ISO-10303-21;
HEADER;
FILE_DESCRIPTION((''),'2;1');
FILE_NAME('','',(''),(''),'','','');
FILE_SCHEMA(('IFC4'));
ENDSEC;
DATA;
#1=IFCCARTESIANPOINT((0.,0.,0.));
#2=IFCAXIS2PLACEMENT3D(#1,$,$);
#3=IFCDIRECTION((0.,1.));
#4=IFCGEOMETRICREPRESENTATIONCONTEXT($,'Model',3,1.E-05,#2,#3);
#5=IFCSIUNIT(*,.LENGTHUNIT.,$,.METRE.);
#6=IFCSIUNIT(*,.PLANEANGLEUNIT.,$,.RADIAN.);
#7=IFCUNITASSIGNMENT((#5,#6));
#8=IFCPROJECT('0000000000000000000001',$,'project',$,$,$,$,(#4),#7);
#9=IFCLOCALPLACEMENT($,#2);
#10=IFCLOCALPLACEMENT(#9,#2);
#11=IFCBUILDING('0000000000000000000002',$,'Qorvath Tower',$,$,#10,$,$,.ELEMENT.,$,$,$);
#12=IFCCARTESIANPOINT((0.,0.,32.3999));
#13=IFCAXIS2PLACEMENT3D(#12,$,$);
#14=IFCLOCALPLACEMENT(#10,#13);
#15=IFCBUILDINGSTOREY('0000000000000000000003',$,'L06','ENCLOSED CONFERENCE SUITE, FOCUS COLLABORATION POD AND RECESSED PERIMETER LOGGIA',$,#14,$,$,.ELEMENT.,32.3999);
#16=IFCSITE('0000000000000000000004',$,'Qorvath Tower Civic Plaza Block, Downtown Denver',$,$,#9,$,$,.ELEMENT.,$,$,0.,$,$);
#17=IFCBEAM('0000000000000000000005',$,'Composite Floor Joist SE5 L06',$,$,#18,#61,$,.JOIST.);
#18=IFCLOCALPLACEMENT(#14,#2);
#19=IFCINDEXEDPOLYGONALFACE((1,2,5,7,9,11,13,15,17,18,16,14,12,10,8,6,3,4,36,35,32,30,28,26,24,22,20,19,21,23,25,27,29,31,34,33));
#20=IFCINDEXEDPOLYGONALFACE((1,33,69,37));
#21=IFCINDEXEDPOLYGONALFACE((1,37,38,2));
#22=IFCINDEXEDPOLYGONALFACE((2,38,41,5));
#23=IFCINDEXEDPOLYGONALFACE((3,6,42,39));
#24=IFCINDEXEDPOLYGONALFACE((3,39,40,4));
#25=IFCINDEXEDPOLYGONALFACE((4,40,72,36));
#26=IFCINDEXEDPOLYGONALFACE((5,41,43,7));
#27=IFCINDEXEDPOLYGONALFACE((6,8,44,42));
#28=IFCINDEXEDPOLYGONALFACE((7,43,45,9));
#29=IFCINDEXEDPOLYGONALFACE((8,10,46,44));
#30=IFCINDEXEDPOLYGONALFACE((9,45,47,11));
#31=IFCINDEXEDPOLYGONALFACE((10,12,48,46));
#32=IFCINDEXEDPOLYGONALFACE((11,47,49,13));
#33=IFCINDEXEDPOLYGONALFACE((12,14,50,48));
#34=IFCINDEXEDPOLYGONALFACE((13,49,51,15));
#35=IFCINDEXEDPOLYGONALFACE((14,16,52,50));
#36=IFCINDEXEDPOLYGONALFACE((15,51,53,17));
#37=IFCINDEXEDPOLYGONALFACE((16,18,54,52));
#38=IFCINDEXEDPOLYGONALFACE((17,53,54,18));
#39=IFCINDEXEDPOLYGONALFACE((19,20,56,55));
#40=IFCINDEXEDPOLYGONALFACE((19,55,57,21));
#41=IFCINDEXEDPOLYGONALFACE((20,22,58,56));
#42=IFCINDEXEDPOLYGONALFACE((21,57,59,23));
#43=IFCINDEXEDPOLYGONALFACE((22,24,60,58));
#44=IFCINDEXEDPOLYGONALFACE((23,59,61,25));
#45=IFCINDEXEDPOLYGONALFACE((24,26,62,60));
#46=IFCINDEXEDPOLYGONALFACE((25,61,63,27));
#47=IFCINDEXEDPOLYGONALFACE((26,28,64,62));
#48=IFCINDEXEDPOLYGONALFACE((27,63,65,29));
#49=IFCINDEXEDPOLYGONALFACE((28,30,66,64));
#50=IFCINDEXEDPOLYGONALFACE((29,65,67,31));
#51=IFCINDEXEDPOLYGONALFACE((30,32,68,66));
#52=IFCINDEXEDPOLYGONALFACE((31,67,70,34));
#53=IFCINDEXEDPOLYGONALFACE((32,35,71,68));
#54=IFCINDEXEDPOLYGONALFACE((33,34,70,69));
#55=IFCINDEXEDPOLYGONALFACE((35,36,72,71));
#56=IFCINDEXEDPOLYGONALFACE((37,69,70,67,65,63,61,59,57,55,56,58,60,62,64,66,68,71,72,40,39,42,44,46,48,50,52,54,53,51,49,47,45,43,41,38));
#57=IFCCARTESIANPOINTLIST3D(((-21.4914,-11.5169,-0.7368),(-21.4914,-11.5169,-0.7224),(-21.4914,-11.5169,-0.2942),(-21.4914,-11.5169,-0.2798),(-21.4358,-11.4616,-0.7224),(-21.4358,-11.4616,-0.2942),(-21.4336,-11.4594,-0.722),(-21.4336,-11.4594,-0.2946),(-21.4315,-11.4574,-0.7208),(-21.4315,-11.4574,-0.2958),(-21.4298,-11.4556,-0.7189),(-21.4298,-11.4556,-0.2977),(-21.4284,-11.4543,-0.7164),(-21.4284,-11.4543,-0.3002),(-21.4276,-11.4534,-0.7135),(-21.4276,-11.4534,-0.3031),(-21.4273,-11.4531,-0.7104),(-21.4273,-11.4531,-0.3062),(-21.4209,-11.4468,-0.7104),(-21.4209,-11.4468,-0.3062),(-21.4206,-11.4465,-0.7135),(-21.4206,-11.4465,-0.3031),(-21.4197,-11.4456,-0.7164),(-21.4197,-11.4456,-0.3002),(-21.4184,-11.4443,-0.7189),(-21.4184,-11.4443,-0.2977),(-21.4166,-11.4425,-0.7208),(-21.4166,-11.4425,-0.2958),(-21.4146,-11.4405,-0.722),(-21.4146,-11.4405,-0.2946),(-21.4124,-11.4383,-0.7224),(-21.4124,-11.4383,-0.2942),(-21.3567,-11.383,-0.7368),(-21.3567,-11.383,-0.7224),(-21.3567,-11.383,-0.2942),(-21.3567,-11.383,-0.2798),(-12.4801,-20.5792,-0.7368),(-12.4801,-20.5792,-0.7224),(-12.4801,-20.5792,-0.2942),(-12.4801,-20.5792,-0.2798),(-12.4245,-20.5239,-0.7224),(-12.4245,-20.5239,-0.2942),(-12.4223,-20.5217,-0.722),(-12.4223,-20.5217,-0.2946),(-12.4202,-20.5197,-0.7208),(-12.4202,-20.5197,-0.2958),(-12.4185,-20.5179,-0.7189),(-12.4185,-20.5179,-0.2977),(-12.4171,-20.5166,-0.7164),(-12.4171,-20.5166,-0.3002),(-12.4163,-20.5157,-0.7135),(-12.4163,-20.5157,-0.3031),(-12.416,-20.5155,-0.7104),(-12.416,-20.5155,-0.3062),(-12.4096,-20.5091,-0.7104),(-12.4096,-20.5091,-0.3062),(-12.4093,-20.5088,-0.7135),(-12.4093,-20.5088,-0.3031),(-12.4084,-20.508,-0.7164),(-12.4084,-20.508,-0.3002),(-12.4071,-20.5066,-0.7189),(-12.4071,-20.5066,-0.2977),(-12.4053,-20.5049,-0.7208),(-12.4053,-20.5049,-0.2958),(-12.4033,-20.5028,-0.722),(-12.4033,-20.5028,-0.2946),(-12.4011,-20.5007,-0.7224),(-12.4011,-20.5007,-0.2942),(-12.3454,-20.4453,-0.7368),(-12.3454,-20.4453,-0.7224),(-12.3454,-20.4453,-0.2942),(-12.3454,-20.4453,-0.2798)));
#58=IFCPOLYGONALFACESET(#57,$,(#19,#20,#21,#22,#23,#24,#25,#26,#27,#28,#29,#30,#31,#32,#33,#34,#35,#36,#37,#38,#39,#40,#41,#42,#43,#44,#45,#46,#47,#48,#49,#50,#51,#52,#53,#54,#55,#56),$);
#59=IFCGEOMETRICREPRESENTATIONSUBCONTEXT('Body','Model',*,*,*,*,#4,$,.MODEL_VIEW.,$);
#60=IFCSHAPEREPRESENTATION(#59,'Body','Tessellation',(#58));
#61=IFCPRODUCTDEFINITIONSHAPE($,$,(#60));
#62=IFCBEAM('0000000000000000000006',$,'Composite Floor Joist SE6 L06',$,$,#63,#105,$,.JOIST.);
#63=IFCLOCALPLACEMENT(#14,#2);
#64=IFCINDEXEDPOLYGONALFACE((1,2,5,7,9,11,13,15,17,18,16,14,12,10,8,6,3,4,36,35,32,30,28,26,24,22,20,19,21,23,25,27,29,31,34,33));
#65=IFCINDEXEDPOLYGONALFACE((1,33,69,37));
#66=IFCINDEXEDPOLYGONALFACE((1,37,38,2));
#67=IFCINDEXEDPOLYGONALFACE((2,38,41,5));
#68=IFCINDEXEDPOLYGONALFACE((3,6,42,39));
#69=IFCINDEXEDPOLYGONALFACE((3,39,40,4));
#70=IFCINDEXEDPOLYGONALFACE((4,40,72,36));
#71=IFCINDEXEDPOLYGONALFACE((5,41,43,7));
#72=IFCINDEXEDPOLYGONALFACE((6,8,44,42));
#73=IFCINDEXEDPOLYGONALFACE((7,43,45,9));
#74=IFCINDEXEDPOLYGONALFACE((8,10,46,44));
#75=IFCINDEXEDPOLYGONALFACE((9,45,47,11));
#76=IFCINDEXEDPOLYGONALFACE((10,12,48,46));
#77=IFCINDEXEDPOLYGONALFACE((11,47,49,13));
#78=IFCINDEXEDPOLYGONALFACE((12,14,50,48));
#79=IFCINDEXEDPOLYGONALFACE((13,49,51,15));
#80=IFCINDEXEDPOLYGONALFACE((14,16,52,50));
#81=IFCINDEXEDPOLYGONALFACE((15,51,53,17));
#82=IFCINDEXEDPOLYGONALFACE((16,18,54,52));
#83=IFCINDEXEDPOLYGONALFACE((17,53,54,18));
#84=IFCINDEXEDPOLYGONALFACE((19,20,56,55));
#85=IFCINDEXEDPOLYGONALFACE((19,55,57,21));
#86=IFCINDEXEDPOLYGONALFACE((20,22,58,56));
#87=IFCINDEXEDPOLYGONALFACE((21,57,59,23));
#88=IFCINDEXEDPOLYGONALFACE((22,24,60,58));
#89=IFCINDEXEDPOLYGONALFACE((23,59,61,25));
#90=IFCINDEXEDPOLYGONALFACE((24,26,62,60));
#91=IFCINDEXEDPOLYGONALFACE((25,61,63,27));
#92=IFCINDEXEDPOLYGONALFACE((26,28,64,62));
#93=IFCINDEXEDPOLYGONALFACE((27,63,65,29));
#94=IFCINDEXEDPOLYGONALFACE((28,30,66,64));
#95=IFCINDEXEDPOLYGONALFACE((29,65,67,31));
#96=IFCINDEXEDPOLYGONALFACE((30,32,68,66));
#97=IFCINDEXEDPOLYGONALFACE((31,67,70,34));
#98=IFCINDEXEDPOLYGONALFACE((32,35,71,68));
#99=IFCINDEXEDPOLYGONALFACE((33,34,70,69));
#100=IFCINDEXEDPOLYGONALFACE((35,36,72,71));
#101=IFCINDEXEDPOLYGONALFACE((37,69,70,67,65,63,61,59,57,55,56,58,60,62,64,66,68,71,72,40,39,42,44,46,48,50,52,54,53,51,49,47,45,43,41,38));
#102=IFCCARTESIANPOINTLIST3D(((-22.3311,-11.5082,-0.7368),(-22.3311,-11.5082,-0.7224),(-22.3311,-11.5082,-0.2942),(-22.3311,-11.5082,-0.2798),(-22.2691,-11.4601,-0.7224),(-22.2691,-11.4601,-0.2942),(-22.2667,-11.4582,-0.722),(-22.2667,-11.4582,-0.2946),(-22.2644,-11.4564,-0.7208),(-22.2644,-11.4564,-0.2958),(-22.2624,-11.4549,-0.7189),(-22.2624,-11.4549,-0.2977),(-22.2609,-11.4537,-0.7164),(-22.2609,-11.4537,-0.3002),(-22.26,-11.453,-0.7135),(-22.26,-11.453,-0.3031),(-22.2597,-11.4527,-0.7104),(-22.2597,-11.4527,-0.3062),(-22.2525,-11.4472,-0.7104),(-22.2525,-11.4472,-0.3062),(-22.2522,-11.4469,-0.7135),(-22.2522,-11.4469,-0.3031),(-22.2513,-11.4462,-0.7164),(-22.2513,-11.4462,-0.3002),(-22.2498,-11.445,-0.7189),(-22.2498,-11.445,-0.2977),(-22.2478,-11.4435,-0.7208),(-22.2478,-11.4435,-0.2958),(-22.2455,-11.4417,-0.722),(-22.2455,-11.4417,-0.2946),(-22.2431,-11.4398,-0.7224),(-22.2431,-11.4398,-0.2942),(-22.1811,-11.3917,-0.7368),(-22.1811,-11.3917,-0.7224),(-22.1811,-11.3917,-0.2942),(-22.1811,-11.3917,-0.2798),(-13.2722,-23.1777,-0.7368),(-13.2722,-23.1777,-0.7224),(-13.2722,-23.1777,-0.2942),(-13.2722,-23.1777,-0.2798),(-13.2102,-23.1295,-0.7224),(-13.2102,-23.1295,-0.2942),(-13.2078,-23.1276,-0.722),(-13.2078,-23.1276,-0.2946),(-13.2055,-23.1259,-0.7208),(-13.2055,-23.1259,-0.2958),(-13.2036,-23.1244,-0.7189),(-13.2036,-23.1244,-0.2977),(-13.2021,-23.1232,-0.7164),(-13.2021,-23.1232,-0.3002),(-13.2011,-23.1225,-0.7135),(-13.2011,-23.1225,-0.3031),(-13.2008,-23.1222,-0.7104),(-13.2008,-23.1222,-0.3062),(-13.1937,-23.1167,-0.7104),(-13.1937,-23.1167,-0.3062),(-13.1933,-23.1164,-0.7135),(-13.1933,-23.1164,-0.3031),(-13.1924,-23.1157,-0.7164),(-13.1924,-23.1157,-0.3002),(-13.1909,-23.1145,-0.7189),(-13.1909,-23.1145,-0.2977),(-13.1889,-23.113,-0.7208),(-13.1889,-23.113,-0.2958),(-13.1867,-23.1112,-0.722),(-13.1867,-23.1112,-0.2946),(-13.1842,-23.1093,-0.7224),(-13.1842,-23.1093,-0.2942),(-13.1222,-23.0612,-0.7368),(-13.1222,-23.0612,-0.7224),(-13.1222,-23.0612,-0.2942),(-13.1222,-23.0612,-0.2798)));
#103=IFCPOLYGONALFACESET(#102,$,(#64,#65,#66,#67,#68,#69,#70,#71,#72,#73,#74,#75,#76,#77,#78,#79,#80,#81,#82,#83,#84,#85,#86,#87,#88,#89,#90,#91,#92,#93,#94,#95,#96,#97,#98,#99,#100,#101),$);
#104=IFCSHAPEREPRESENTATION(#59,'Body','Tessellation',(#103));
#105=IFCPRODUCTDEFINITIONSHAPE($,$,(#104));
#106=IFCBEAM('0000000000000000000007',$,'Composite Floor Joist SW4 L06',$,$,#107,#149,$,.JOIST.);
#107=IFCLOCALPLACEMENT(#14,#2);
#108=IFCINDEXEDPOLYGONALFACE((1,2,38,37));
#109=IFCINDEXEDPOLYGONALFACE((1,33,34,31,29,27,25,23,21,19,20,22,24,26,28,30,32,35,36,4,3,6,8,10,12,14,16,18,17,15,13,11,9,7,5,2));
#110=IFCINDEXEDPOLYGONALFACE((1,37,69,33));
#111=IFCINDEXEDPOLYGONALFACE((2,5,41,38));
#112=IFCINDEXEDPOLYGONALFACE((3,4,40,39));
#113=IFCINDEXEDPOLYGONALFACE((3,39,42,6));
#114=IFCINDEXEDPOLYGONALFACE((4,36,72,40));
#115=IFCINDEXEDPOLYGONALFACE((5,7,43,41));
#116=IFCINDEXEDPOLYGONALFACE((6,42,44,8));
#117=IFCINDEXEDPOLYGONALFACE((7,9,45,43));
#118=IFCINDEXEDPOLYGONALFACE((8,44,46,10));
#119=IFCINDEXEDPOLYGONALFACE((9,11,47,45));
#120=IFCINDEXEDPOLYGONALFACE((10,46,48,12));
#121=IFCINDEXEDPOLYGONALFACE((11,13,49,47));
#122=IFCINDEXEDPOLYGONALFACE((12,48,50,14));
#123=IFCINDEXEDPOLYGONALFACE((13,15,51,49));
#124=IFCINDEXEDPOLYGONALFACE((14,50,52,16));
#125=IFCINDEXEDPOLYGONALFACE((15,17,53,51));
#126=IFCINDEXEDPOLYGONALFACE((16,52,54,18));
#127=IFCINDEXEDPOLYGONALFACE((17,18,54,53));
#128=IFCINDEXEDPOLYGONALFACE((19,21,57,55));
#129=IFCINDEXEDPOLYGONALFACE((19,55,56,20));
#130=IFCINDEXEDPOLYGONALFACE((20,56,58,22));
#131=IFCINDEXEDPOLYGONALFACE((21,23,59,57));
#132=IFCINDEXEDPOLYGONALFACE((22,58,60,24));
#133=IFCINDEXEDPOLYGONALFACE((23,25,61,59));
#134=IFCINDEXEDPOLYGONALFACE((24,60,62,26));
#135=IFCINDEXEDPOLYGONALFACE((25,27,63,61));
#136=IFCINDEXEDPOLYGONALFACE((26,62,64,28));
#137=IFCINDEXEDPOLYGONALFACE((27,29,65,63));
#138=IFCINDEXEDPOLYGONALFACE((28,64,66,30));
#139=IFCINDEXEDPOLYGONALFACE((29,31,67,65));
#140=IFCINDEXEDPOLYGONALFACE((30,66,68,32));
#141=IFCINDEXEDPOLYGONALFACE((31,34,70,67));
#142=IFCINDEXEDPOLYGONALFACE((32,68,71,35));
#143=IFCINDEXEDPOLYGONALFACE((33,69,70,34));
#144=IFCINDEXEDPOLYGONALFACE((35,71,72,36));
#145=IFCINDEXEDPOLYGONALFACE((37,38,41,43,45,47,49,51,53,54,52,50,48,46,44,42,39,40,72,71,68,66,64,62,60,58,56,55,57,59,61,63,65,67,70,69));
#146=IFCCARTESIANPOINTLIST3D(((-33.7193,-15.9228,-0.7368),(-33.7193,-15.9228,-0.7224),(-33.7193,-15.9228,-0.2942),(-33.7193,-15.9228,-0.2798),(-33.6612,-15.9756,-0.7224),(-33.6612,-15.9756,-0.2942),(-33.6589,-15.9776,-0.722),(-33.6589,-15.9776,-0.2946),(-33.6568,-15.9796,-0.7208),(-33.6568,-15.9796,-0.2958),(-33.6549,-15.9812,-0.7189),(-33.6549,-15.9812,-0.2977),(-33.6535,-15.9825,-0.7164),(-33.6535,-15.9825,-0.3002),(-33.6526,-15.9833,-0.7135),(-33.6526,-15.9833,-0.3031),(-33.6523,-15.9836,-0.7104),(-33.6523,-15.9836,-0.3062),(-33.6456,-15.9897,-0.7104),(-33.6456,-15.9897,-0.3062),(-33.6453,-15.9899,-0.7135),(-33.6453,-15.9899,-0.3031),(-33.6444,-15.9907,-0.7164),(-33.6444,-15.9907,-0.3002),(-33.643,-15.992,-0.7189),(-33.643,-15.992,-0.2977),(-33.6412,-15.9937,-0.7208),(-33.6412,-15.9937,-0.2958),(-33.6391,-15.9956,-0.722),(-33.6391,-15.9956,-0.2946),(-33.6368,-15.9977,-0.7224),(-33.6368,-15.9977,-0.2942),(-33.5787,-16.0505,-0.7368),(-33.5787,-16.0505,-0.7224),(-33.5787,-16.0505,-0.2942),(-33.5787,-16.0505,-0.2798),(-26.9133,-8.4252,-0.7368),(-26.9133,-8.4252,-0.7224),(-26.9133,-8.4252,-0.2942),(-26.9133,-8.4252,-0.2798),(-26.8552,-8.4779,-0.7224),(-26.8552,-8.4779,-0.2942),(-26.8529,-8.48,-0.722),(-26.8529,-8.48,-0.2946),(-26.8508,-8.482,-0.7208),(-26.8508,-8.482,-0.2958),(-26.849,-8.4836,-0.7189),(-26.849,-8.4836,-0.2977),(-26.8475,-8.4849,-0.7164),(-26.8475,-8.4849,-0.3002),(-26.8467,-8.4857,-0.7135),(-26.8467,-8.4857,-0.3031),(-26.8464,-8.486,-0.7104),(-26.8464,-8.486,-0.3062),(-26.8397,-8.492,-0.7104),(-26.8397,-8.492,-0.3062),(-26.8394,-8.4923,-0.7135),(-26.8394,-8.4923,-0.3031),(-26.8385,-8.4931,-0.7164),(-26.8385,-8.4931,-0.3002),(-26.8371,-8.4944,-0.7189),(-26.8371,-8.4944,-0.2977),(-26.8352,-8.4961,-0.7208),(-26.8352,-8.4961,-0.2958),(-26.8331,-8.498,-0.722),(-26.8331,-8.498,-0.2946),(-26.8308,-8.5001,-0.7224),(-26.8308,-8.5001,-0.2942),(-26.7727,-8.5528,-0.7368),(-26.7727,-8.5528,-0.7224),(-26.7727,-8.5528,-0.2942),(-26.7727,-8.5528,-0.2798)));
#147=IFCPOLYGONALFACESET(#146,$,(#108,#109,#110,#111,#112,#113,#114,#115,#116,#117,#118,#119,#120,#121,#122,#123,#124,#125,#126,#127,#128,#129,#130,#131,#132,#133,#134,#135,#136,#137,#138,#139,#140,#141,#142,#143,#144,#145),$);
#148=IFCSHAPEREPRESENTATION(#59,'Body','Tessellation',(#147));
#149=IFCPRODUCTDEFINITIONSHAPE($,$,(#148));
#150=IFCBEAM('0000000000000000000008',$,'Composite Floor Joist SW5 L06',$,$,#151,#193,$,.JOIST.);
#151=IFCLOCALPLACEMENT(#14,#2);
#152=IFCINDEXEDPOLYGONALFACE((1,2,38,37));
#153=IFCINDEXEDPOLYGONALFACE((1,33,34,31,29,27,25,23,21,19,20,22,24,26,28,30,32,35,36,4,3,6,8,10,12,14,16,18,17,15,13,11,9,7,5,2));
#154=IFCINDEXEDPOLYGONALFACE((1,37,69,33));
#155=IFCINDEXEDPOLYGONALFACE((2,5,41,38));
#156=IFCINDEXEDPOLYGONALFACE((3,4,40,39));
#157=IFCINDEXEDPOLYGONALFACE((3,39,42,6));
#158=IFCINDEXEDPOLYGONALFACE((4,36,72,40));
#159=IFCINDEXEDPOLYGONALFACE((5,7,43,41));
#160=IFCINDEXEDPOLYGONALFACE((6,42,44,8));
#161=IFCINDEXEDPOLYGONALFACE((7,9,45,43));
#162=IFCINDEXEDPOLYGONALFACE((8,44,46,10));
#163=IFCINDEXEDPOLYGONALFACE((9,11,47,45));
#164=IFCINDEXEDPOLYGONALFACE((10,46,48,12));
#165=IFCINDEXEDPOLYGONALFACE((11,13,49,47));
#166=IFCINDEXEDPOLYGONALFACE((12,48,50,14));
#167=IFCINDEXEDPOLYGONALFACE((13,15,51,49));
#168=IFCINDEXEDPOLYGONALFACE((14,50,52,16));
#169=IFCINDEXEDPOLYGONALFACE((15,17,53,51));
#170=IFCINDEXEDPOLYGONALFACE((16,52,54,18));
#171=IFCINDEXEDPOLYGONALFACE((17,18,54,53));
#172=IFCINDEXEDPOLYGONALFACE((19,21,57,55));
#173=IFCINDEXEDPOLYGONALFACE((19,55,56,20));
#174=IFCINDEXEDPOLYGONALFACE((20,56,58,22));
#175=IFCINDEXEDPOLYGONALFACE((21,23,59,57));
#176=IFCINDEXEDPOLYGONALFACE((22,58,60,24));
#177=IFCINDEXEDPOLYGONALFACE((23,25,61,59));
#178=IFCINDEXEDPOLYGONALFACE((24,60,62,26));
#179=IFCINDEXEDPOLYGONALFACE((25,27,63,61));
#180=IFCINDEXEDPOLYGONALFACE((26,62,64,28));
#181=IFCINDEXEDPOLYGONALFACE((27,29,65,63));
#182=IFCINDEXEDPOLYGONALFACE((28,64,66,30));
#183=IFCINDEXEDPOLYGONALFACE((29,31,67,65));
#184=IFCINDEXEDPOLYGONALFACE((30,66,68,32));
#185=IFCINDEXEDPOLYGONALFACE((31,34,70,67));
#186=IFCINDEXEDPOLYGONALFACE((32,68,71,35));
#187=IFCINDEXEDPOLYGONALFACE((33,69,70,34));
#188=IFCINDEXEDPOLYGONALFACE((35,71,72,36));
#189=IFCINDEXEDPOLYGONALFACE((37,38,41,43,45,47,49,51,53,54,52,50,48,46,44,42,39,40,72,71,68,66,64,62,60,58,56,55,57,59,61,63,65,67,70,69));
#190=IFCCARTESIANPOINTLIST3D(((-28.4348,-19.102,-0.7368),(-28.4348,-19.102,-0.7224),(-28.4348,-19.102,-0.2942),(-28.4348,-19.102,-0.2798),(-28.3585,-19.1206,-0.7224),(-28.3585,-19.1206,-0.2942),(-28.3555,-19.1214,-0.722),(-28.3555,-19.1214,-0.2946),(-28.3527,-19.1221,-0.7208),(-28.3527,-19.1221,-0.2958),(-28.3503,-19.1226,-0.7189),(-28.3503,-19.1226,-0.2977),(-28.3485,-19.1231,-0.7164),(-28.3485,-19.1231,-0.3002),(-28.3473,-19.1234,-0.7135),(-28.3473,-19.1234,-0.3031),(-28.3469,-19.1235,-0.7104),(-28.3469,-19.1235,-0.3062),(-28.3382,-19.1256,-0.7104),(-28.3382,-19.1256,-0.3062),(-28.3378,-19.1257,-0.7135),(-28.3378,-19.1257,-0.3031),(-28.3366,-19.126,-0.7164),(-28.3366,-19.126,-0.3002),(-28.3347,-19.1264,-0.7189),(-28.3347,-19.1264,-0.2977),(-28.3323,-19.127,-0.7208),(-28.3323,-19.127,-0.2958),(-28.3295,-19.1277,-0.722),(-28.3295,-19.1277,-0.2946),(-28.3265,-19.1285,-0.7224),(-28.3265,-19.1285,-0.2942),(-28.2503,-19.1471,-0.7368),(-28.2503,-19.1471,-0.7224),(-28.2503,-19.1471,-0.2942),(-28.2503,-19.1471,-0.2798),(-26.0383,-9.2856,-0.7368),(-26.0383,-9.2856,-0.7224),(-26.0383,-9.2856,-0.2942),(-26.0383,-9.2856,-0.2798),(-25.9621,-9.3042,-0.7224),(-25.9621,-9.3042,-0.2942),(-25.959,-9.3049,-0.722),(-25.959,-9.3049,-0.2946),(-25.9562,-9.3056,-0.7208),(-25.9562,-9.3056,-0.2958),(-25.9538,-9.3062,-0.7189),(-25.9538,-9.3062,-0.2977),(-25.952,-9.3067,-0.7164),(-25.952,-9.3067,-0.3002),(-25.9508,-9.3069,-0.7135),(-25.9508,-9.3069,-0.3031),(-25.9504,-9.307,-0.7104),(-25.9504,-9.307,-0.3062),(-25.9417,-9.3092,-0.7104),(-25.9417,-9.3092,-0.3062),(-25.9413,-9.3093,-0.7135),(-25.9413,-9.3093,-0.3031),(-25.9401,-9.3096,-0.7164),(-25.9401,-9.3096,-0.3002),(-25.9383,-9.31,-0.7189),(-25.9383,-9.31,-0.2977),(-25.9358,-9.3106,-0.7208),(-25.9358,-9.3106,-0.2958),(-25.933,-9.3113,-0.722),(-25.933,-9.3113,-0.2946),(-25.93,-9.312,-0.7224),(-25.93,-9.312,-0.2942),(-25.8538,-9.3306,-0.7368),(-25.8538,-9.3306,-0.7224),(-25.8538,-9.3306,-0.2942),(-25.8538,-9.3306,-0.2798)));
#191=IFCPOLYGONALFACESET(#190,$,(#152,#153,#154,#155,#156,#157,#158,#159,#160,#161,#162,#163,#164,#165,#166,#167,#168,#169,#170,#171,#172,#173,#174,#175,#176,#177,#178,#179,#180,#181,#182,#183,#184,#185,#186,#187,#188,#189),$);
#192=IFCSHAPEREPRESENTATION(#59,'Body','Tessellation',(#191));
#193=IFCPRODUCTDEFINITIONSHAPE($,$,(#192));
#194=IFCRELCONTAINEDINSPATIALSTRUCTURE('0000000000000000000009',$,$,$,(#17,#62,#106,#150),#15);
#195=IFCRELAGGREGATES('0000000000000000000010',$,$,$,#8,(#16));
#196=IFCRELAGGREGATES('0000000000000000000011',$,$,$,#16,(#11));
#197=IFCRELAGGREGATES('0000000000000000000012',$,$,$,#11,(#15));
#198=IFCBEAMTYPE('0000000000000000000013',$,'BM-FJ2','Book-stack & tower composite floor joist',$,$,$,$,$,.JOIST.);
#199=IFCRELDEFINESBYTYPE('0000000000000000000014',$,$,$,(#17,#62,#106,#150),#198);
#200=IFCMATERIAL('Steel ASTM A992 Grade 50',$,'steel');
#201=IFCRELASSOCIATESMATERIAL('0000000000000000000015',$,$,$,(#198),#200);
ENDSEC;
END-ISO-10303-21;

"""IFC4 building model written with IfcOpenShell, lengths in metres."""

from ifc_helpers import new_model, si_unit, direction, frame, origin, origin_2d, place, context, subcontext, project, spatial, i_section, extrude, material, material_profile, profile_set, type_object, element, save


model = new_model("IFC4")

# Units and contexts
model_context = context("Model", 3, precision=1e-05, world=origin(), true_north=direction((0.0, 1.0)))
body_context = subcontext(model_context, "Body", "Model", "MODEL_VIEW")
ifc_project = project(units=[si_unit("LENGTHUNIT", "METRE"), si_unit("PLANEANGLEUNIT", "RADIAN")], contexts=[model_context])

# Site, building, storey
site_placement = place(None, origin())
site = spatial("IfcSite", under=ifc_project, at=site_placement, Name="Qorvath Tower Civic Plaza Block, Downtown Denver", CompositionType="ELEMENT", RefElevation=0.0)
building_placement = place(site_placement, origin())
building = spatial("IfcBuilding", under=site, at=building_placement, Name="Qorvath Tower", CompositionType="ELEMENT")
storey_placement = place(building_placement, frame((0.0, 0.0, 32.3999)))
storey = spatial("IfcBuildingStorey", under=building, at=storey_placement, Name="L06", Description="ENCLOSED CONFERENCE SUITE, FOCUS COLLABORATION POD AND RECESSED PERIMETER LOGGIA", CompositionType="ELEMENT", Elevation=32.3999)

# Beams
ifc_material_1 = material(Name="Steel ASTM A992 Grade 50", Category="steel")
ifc_material_profile_1 = material_profile(ifc_material_1, i_section(OverallWidth=0.1899, OverallDepth=0.457, WebThickness=0.009, FlangeThickness=0.0144, FilletRadius=0.012, at=origin_2d()), Name="W18x50")
ifc_profile_set_1 = profile_set([ifc_material_profile_1], Name="Steel ASTM A992 Grade 50")
beam_type_1 = type_object("IfcBeamType", Name="BM-FJ2", Description="Book-stack & tower composite floor joist", PredefinedType="JOIST", material=ifc_profile_set_1)
beam_1_placement = place(storey_placement, frame((-21.4241, -11.45, -0.5083), z_axis=(0.705108, -0.7091, 0.0), x_axis=(0.7091, 0.705108, 0.0)))
element("IfcBeam", 1, at=beam_1_placement, inside=storey, type_object=beam_type_1, Name="Composite Floor Joist SE5 L06", PredefinedType="JOIST", context=body_context, shape_type="SweptSolid", body=[
    extrude(i_section(OverallWidth=0.1899, OverallDepth=0.457, WebThickness=0.009, FlangeThickness=0.0144, FilletRadius=0.012, at=origin_2d()), origin(), (0.0, 0.0, 1.0), 12.78),
])
beam_2_placement = place(storey_placement, frame((-22.2561, -11.45, -0.5083), z_axis=(0.613207, -0.789922, 0.0), x_axis=(0.789922, 0.613207, 0.0)))
element("IfcBeam", 2, at=beam_2_placement, inside=storey, type_object=beam_type_1, Name="Composite Floor Joist SE6 L06", PredefinedType="JOIST", context=body_context, shape_type="SweptSolid", body=[
    extrude(i_section(OverallWidth=0.1899, OverallDepth=0.457, WebThickness=0.009, FlangeThickness=0.0144, FilletRadius=0.012, at=origin_2d()), origin(), (0.0, 0.0, 1.0), 14.7729),
])
beam_3_placement = place(storey_placement, frame((-26.843, -8.489, -0.5083), z_axis=(-0.672129, -0.740434, 0.0), x_axis=(0.740434, -0.672129, 0.0)))
element("IfcBeam", 3, at=beam_3_placement, inside=storey, type_object=beam_type_1, Name="Composite Floor Joist SW4 L06", PredefinedType="JOIST", context=body_context, shape_type="SweptSolid", body=[
    extrude(i_section(OverallWidth=0.1899, OverallDepth=0.457, WebThickness=0.009, FlangeThickness=0.0144, FilletRadius=0.012, at=origin_2d()), origin(), (0.0, 0.0, 1.0), 10.126),
])
beam_4_placement = place(storey_placement, frame((-25.946, -9.3081, -0.5083), z_axis=(-0.237165, -0.971469, 0.0), x_axis=(0.971469, -0.237165, 0.0)))
element("IfcBeam", 4, at=beam_4_placement, inside=storey, type_object=beam_type_1, Name="Composite Floor Joist SW5 L06", PredefinedType="JOIST", context=body_context, shape_type="SweptSolid", body=[
    extrude(i_section(OverallWidth=0.1899, OverallDepth=0.457, WebThickness=0.009, FlangeThickness=0.0144, FilletRadius=0.012, at=origin_2d()), origin(), (0.0, 0.0, 1.0), 10.1047),
])

save(model, "model.ifc")
